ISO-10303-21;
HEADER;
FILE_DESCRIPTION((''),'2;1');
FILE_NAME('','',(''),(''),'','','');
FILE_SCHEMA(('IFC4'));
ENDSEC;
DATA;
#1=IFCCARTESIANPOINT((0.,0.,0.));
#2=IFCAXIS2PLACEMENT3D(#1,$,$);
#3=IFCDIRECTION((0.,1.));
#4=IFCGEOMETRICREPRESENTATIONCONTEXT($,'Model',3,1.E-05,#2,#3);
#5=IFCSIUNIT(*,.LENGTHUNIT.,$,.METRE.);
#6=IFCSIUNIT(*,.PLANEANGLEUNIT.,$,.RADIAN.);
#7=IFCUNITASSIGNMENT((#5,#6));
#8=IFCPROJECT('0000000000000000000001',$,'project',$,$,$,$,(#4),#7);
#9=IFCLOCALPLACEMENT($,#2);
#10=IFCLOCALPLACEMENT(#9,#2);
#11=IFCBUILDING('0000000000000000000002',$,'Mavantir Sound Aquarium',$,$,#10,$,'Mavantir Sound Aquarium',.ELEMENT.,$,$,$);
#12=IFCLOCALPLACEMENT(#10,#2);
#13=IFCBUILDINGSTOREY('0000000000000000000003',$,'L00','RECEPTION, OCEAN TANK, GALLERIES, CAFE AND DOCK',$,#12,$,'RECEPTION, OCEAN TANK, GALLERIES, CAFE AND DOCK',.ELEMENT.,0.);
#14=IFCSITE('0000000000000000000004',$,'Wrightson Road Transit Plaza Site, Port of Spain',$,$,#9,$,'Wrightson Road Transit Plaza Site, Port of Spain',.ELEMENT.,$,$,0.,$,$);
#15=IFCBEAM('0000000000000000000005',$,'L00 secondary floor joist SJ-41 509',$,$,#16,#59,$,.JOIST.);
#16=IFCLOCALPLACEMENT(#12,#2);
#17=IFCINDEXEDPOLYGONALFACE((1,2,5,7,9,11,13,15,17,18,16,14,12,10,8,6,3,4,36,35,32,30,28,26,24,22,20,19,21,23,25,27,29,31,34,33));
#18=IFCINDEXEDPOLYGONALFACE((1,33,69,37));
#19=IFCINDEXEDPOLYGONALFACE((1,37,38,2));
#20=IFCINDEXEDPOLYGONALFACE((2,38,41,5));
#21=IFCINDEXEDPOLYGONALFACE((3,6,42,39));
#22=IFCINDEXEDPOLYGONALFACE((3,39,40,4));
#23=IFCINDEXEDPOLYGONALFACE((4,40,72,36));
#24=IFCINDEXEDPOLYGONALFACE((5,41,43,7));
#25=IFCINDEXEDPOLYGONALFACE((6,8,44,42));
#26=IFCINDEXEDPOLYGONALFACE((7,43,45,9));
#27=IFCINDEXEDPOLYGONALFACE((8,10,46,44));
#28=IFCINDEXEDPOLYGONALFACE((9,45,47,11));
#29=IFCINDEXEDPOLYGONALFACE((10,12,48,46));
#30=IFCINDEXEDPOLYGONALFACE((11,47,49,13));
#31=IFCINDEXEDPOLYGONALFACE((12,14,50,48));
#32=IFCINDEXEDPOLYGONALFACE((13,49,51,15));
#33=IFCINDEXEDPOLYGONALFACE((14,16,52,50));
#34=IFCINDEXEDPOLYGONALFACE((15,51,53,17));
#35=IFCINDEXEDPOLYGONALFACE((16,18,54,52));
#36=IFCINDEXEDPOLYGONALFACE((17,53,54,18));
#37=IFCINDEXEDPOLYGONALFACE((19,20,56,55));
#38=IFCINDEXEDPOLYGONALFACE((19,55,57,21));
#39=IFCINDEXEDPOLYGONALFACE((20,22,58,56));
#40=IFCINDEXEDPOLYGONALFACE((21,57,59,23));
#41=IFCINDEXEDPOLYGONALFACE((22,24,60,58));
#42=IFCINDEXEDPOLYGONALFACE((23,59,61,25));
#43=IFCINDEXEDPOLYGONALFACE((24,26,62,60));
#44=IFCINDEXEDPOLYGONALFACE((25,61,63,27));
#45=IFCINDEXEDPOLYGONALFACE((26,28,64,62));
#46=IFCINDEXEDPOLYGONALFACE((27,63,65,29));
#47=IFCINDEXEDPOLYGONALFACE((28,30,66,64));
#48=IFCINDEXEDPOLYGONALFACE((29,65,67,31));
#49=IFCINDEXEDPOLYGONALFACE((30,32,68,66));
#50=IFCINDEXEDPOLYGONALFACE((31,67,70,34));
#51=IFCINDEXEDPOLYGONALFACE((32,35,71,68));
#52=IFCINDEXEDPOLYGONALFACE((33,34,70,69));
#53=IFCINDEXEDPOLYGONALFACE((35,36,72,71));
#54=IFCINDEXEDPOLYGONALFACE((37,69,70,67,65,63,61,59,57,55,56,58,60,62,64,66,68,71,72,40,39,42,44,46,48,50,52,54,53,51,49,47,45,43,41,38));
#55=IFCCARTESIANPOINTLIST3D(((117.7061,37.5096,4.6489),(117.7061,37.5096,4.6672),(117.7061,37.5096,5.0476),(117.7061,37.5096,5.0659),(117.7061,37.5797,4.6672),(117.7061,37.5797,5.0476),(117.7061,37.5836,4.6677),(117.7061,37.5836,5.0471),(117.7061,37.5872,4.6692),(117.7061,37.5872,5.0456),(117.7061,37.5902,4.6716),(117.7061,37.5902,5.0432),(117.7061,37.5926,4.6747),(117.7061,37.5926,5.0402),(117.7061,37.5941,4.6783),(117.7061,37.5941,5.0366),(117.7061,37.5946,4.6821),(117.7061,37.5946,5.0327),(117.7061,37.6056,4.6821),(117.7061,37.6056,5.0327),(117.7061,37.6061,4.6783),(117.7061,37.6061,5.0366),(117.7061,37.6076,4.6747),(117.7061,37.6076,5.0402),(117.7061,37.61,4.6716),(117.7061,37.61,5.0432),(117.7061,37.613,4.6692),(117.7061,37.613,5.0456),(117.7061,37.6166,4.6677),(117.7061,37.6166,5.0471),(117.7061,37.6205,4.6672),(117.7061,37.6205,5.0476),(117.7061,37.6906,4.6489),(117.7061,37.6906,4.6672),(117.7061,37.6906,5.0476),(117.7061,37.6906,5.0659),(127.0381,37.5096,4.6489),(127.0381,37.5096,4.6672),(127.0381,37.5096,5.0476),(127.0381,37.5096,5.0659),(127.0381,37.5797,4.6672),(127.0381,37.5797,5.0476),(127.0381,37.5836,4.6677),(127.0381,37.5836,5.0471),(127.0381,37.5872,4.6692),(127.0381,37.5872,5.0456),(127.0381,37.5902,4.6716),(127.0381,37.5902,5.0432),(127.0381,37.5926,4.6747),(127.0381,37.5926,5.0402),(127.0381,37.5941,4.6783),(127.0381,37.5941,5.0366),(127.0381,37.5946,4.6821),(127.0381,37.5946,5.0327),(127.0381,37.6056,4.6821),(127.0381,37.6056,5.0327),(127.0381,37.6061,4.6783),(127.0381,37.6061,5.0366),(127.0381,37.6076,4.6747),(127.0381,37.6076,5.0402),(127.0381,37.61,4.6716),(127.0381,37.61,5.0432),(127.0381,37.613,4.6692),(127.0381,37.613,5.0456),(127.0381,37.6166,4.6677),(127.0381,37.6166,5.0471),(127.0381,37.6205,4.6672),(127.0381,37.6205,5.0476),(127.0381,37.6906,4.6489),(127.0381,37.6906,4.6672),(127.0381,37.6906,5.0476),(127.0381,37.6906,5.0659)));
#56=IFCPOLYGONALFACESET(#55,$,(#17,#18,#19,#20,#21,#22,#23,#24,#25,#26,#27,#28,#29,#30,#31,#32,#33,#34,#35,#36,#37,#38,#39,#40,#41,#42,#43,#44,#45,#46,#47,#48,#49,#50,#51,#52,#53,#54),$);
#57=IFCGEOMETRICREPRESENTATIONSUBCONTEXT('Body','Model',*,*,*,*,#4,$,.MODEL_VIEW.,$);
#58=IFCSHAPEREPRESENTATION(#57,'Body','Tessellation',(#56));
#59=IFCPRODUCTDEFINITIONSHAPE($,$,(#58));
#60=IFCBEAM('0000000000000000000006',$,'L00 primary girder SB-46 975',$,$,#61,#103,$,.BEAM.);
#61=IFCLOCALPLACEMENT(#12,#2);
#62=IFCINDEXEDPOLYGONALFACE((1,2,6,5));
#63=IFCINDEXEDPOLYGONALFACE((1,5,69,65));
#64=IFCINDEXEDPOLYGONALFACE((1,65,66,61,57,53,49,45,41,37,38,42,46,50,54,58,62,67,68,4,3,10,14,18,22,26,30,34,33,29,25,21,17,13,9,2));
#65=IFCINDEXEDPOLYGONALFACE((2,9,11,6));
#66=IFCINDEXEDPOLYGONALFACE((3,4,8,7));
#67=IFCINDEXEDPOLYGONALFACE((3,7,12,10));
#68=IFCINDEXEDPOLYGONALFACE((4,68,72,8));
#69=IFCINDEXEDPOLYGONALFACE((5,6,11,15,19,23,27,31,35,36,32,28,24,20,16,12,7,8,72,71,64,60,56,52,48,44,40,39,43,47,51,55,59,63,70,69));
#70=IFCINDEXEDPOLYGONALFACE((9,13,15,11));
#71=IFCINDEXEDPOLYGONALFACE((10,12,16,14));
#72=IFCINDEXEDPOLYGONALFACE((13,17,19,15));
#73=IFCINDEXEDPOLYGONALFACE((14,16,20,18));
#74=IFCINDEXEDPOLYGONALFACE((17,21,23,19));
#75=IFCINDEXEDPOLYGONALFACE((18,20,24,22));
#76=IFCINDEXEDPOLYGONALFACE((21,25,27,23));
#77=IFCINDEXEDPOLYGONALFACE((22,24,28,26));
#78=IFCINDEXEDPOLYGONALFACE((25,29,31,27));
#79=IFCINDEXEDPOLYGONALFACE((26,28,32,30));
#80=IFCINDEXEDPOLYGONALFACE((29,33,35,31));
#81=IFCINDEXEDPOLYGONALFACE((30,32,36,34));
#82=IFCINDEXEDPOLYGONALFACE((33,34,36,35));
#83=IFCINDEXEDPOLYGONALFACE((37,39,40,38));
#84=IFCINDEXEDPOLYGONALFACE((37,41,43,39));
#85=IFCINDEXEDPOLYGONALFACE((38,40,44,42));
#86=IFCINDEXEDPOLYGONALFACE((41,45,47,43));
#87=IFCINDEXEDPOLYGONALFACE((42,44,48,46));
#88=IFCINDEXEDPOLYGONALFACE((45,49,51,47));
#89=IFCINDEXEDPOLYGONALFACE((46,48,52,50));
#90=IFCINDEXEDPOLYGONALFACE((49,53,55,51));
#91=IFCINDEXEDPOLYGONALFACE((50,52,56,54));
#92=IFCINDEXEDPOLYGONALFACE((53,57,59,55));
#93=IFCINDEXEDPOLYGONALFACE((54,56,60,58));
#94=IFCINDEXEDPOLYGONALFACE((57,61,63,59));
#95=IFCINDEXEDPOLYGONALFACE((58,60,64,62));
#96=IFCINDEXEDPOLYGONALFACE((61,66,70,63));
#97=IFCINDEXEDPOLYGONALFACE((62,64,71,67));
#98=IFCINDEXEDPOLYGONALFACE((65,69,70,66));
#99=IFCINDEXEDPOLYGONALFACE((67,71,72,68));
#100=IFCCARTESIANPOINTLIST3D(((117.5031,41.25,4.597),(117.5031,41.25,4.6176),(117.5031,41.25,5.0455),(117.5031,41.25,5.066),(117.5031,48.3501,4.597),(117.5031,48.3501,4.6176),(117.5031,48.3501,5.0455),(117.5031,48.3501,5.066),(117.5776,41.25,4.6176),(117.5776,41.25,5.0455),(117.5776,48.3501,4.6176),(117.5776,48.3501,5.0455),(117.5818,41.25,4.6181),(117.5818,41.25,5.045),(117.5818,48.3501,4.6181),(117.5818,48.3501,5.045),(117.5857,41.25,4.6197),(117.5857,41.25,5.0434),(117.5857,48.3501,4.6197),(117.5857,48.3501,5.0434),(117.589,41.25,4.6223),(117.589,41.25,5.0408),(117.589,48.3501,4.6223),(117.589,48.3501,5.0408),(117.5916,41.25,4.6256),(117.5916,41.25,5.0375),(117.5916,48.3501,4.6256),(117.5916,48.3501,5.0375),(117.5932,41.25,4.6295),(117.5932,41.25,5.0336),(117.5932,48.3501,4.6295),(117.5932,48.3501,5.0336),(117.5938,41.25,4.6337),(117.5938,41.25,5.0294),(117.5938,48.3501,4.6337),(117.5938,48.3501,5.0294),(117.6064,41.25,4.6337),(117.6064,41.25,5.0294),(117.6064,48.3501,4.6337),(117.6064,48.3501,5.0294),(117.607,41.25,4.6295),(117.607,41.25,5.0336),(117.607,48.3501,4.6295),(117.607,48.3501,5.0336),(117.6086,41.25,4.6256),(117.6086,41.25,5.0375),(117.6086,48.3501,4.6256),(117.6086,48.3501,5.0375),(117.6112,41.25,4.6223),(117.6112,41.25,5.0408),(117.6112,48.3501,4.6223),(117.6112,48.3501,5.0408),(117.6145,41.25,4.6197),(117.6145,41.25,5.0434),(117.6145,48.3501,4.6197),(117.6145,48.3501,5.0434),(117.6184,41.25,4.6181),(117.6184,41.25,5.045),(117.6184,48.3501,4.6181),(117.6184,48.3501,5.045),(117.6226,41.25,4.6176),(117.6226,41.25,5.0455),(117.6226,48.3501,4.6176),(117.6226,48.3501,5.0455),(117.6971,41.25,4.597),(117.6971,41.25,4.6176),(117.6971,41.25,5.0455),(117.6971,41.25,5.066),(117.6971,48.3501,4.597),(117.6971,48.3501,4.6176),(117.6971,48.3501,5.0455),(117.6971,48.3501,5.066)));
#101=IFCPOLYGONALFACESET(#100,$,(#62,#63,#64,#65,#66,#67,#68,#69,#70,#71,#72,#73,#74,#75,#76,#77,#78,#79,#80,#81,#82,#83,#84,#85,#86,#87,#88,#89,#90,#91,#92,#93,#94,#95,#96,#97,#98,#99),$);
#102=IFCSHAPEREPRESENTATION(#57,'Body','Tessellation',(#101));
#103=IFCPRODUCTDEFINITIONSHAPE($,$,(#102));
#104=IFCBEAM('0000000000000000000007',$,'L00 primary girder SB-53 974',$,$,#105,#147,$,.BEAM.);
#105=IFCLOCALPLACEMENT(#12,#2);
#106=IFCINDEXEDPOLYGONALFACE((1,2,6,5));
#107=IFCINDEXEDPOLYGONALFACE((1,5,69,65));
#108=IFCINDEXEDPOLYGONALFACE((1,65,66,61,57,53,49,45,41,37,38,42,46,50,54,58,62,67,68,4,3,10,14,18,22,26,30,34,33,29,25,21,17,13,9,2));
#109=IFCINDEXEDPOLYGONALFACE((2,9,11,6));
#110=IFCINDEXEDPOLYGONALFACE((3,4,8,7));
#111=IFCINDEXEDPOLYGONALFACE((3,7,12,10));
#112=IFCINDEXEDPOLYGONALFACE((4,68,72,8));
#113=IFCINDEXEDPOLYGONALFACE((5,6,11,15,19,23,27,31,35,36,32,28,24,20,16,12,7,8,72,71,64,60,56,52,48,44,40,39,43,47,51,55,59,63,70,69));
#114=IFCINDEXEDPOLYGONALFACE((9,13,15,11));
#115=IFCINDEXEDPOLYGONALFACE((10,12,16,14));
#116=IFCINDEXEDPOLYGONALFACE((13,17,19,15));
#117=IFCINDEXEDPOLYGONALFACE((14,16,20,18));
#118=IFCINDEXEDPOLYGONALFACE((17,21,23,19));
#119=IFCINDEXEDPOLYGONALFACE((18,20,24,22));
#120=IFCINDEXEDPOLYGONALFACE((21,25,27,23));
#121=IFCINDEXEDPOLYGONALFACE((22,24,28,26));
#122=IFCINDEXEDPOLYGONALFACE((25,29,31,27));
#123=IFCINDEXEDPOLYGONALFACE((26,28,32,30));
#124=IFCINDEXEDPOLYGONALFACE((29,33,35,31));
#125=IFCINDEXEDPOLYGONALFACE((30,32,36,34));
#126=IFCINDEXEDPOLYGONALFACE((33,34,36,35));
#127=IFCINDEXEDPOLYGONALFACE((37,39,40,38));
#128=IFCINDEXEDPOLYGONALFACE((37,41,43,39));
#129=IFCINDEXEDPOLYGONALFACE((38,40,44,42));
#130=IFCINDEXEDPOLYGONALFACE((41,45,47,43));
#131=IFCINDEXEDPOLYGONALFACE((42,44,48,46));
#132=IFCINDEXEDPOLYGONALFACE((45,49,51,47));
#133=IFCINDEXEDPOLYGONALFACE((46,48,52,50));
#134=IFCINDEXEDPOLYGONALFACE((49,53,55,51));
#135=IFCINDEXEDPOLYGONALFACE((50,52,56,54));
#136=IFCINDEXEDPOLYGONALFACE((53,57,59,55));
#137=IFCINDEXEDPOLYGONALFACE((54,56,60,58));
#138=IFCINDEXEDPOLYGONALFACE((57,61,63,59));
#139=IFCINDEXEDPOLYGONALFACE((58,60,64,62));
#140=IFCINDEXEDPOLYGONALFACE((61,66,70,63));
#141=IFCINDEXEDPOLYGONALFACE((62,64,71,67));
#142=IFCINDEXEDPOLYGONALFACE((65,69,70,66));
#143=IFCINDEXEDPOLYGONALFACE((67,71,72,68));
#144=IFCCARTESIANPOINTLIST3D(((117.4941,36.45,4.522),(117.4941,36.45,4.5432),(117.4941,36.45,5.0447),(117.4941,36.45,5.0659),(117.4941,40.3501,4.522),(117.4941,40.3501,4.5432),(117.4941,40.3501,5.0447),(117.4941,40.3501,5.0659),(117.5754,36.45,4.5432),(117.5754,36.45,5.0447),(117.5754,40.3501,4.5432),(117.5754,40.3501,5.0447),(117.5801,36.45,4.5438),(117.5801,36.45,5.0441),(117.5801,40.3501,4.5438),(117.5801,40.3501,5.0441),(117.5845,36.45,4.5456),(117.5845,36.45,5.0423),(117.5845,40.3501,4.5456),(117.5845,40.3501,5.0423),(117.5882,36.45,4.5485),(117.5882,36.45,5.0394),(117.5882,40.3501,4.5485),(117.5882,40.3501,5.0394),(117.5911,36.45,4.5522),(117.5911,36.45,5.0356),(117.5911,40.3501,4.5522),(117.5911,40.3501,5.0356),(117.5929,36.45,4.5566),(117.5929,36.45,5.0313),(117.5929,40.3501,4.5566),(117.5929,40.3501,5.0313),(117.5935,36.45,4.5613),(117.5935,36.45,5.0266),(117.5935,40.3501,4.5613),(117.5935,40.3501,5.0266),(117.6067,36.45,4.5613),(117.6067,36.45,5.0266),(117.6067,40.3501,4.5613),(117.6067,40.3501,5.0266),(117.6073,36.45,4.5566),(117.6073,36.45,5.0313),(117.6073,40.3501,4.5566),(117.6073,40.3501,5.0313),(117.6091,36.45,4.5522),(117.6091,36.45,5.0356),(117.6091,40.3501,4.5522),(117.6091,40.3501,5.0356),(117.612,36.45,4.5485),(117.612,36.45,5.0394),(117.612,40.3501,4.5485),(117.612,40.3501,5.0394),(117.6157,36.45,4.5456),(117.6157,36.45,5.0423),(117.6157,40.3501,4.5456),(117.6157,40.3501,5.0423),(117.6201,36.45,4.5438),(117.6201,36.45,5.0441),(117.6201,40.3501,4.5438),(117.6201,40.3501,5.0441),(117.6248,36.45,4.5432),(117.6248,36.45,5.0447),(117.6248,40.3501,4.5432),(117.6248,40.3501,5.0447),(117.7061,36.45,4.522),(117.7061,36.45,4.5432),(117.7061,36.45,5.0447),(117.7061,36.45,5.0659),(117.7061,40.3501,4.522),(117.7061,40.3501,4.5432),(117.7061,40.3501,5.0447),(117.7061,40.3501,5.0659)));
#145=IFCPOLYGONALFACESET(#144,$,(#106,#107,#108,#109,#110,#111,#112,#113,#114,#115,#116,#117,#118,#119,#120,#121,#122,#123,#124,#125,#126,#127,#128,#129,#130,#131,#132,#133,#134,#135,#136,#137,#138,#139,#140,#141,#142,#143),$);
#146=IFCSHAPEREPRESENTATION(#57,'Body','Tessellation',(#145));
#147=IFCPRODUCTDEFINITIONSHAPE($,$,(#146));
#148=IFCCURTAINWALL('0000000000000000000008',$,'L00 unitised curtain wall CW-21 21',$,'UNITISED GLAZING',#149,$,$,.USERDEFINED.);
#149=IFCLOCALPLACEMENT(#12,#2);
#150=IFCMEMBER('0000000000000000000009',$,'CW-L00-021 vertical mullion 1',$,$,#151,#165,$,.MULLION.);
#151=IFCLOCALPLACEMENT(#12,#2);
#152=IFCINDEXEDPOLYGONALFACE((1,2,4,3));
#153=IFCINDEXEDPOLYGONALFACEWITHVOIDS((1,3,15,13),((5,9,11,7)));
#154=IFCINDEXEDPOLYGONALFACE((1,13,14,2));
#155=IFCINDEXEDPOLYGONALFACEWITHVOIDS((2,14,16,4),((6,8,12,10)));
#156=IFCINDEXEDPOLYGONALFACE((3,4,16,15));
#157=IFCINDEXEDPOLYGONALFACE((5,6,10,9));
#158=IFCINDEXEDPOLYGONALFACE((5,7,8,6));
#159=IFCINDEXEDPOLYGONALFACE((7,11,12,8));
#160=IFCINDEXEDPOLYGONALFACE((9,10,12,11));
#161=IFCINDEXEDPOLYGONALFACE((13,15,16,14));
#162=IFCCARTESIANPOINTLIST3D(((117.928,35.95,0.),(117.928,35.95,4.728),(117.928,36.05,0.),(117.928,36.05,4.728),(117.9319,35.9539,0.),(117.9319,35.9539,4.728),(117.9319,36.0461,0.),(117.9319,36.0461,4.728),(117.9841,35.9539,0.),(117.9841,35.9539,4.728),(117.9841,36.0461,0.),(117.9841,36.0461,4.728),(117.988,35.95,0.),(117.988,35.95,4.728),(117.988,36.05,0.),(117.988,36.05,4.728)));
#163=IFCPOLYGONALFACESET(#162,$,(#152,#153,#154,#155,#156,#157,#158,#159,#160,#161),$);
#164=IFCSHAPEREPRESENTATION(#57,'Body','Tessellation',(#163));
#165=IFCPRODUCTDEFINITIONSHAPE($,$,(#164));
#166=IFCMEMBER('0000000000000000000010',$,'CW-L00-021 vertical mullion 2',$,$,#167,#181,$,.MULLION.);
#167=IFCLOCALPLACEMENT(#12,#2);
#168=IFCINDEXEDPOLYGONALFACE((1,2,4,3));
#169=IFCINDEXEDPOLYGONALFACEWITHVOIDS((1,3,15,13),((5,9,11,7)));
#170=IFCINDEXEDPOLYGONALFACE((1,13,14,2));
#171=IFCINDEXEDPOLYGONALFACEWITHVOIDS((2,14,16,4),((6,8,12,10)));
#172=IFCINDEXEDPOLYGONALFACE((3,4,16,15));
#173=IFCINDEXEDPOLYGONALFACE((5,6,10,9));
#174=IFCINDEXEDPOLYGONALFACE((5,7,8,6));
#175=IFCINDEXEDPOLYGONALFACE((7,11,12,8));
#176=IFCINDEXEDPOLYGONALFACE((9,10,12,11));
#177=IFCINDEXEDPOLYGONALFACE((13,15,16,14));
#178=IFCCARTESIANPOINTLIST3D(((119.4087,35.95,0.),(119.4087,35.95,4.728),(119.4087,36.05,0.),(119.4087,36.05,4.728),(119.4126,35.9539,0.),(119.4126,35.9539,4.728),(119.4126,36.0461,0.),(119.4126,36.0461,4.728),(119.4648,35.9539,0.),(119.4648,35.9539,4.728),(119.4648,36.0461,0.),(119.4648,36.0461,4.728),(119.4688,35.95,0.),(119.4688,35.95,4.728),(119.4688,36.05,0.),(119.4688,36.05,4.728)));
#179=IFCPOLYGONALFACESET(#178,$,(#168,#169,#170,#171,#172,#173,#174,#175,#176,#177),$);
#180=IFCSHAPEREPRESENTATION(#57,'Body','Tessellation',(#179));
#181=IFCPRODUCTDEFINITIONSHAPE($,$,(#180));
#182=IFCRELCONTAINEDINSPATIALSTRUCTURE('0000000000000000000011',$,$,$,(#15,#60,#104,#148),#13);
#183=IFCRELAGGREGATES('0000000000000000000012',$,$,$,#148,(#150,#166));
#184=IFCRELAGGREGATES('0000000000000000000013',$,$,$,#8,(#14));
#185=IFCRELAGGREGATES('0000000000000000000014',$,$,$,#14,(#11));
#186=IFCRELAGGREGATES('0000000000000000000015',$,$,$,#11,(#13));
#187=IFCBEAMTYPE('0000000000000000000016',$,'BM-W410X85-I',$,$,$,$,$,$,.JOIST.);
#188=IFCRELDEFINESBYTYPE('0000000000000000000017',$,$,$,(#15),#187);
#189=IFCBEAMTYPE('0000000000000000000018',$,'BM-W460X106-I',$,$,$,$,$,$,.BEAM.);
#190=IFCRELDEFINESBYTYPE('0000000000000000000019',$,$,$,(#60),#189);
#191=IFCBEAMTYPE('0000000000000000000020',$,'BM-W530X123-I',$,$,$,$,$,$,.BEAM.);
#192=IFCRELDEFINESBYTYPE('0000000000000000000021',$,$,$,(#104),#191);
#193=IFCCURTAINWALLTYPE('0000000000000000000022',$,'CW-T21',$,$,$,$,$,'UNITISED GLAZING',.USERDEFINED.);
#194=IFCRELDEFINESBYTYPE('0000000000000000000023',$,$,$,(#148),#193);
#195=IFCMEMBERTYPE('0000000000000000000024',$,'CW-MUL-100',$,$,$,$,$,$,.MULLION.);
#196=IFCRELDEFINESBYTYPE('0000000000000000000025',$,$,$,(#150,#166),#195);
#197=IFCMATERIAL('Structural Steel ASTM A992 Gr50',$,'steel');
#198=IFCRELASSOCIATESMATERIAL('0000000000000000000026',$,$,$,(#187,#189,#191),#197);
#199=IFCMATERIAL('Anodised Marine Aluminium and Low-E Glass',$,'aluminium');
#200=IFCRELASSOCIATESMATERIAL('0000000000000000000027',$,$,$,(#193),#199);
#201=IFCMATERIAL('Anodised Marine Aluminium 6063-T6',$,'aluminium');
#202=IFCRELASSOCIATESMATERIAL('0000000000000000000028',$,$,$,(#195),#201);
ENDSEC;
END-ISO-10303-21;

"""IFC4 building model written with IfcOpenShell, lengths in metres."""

from ifc_helpers import new_model, si_unit, direction, frame, origin, origin_2d, place, context, subcontext, project, spatial, hollow_rectangle, i_section, extrude, material, material_profile, profile_set, type_object, element, aggregate, save


model = new_model("IFC4")

# Units and contexts
model_context = context("Model", 3, precision=1e-05, world=origin(), true_north=direction((0.0, 1.0)))
body_context = subcontext(model_context, "Body", "Model", "MODEL_VIEW")
ifc_project = project(units=[si_unit("LENGTHUNIT", "METRE"), si_unit("PLANEANGLEUNIT", "RADIAN")], contexts=[model_context])

# Site, building, storey
site_placement = place(None, origin())
site = spatial("IfcSite", under=ifc_project, at=site_placement, Name="Wrightson Road Transit Plaza Site, Port of Spain", LongName="Wrightson Road Transit Plaza Site, Port of Spain", CompositionType="ELEMENT", RefElevation=0.0)
building_placement = place(site_placement, origin())
building = spatial("IfcBuilding", under=site, at=building_placement, Name="Mavantir Sound Aquarium", LongName="Mavantir Sound Aquarium", CompositionType="ELEMENT")
storey_placement = place(building_placement, origin())
storey = spatial("IfcBuildingStorey", under=building, at=storey_placement, Name="L00", Description="RECEPTION, OCEAN TANK, GALLERIES, CAFE AND DOCK", LongName="RECEPTION, OCEAN TANK, GALLERIES, CAFE AND DOCK", CompositionType="ELEMENT", Elevation=0.0)

# Beams
ifc_material_1 = material(Name="Structural Steel ASTM A992 Gr50", Category="steel")
ifc_material_profile_1 = material_profile(ifc_material_1, i_section(OverallWidth=0.1809, OverallDepth=0.417, WebThickness=0.011, FlangeThickness=0.0183, FilletRadius=0.0149, at=origin_2d()), Name="W410X85")
ifc_profile_set_1 = profile_set([ifc_material_profile_1], Name="Structural Steel ASTM A992 Gr50")
beam_type_1 = type_object("IfcBeamType", Name="BM-W410X85-I", PredefinedType="JOIST", material=ifc_profile_set_1)
beam_1_placement = place(storey_placement, frame((117.7061, 37.6001, 4.8574), z_axis=(1.0, 0.0, 0.0), x_axis=(0.0, 1.0, 0.0)))
element("IfcBeam", 1, at=beam_1_placement, inside=storey, type_object=beam_type_1, Name="L00 secondary floor joist SJ-41 509", PredefinedType="JOIST", context=body_context, shape_type="SweptSolid", body=[
    extrude(i_section(OverallWidth=0.1809, OverallDepth=0.417, WebThickness=0.011, FlangeThickness=0.0183, FilletRadius=0.0149, at=origin_2d()), origin(), (0.0, 0.0, 1.0), 9.332),
])
ifc_material_profile_2 = material_profile(ifc_material_1, i_section(OverallWidth=0.1941, OverallDepth=0.469, WebThickness=0.0127, FlangeThickness=0.0205, FilletRadius=0.0161, at=origin_2d()), Name="W460X106")
ifc_profile_set_2 = profile_set([ifc_material_profile_2], Name="Structural Steel ASTM A992 Gr50")
beam_type_2 = type_object("IfcBeamType", Name="BM-W460X106-I", PredefinedType="BEAM", material=ifc_profile_set_2)
beam_2_placement = place(storey_placement, frame((117.6001, 41.25, 4.8315), z_axis=(0.0, 1.0, 0.0), x_axis=(-1.0, 0.0, 0.0)))
element("IfcBeam", 2, at=beam_2_placement, inside=storey, type_object=beam_type_2, Name="L00 primary girder SB-46 975", PredefinedType="BEAM", context=body_context, shape_type="SweptSolid", body=[
    extrude(i_section(OverallWidth=0.1941, OverallDepth=0.469, WebThickness=0.0127, FlangeThickness=0.0205, FilletRadius=0.0161, at=origin_2d()), origin(), (0.0, 0.0, 1.0), 7.1001),
])
ifc_material_profile_3 = material_profile(ifc_material_1, i_section(OverallWidth=0.2119, OverallDepth=0.5439, WebThickness=0.0132, FlangeThickness=0.0212, FilletRadius=0.0181, at=origin_2d()), Name="W530X123")
ifc_profile_set_3 = profile_set([ifc_material_profile_3], Name="Structural Steel ASTM A992 Gr50")
beam_type_3 = type_object("IfcBeamType", Name="BM-W530X123-I", PredefinedType="BEAM", material=ifc_profile_set_3)
beam_3_placement = place(storey_placement, frame((117.6001, 36.45, 4.7939), z_axis=(0.0, 1.0, 0.0), x_axis=(-1.0, 0.0, 0.0)))
element("IfcBeam", 3, at=beam_3_placement, inside=storey, type_object=beam_type_3, Name="L00 primary girder SB-53 974", PredefinedType="BEAM", context=body_context, shape_type="SweptSolid", body=[
    extrude(i_section(OverallWidth=0.2119, OverallDepth=0.5439, WebThickness=0.0132, FlangeThickness=0.0212, FilletRadius=0.0181, at=origin_2d()), origin(), (0.0, 0.0, 1.0), 3.9001),
])

# Curtain wall, members
ifc_material_2 = material(Name="Anodised Marine Aluminium and Low-E Glass", Category="aluminium")
curtain_wall_type_1 = type_object("IfcCurtainWallType", Name="CW-T21", ElementType="UNITISED GLAZING", PredefinedType="USERDEFINED", material=ifc_material_2)
curtain_wall_1_placement = place(storey_placement, origin())
curtain_wall_1 = element("IfcCurtainWall", 4, at=curtain_wall_1_placement, inside=storey, type_object=curtain_wall_type_1, Name="L00 unitised curtain wall CW-21 21", ObjectType="UNITISED GLAZING", PredefinedType="USERDEFINED")
ifc_material_3 = material(Name="Anodised Marine Aluminium 6063-T6", Category="aluminium")
ifc_material_profile_4 = material_profile(ifc_material_3, hollow_rectangle(XDim=0.0601, YDim=0.1001, WallThickness=0.0039, at=origin_2d()), Name="ALU-MULLION-100X60")
ifc_profile_set_4 = profile_set([ifc_material_profile_4], Name="Anodised Marine Aluminium 6063-T6")
member_type_1 = type_object("IfcMemberType", Name="CW-MUL-100", PredefinedType="MULLION", material=ifc_profile_set_4)
member_1_placement = place(storey_placement, frame((117.958, 36.0, 0.0), z_axis=(0.0, 0.0, 1.0), x_axis=(1.0, 0.0, 0.0)))
member_1 = element("IfcMember", 5, at=member_1_placement, type_object=member_type_1, Name="CW-L00-021 vertical mullion 1", PredefinedType="MULLION", context=body_context, shape_type="SweptSolid", body=[
    extrude(hollow_rectangle(XDim=0.0601, YDim=0.1001, WallThickness=0.0039, at=origin_2d()), origin(), (0.0, 0.0, 1.0), 4.728),
])
member_2_placement = place(storey_placement, frame((119.4387, 36.0, 0.0), z_axis=(0.0, 0.0, 1.0), x_axis=(1.0, 0.0, 0.0)))
member_2 = element("IfcMember", 6, at=member_2_placement, type_object=member_type_1, Name="CW-L00-021 vertical mullion 2", PredefinedType="MULLION", context=body_context, shape_type="SweptSolid", body=[
    extrude(hollow_rectangle(XDim=0.0601, YDim=0.1001, WallThickness=0.0039, at=origin_2d()), origin(), (0.0, 0.0, 1.0), 4.728),
])

aggregate(curtain_wall_1, [member_1, member_2])

save(model, "model.ifc")
